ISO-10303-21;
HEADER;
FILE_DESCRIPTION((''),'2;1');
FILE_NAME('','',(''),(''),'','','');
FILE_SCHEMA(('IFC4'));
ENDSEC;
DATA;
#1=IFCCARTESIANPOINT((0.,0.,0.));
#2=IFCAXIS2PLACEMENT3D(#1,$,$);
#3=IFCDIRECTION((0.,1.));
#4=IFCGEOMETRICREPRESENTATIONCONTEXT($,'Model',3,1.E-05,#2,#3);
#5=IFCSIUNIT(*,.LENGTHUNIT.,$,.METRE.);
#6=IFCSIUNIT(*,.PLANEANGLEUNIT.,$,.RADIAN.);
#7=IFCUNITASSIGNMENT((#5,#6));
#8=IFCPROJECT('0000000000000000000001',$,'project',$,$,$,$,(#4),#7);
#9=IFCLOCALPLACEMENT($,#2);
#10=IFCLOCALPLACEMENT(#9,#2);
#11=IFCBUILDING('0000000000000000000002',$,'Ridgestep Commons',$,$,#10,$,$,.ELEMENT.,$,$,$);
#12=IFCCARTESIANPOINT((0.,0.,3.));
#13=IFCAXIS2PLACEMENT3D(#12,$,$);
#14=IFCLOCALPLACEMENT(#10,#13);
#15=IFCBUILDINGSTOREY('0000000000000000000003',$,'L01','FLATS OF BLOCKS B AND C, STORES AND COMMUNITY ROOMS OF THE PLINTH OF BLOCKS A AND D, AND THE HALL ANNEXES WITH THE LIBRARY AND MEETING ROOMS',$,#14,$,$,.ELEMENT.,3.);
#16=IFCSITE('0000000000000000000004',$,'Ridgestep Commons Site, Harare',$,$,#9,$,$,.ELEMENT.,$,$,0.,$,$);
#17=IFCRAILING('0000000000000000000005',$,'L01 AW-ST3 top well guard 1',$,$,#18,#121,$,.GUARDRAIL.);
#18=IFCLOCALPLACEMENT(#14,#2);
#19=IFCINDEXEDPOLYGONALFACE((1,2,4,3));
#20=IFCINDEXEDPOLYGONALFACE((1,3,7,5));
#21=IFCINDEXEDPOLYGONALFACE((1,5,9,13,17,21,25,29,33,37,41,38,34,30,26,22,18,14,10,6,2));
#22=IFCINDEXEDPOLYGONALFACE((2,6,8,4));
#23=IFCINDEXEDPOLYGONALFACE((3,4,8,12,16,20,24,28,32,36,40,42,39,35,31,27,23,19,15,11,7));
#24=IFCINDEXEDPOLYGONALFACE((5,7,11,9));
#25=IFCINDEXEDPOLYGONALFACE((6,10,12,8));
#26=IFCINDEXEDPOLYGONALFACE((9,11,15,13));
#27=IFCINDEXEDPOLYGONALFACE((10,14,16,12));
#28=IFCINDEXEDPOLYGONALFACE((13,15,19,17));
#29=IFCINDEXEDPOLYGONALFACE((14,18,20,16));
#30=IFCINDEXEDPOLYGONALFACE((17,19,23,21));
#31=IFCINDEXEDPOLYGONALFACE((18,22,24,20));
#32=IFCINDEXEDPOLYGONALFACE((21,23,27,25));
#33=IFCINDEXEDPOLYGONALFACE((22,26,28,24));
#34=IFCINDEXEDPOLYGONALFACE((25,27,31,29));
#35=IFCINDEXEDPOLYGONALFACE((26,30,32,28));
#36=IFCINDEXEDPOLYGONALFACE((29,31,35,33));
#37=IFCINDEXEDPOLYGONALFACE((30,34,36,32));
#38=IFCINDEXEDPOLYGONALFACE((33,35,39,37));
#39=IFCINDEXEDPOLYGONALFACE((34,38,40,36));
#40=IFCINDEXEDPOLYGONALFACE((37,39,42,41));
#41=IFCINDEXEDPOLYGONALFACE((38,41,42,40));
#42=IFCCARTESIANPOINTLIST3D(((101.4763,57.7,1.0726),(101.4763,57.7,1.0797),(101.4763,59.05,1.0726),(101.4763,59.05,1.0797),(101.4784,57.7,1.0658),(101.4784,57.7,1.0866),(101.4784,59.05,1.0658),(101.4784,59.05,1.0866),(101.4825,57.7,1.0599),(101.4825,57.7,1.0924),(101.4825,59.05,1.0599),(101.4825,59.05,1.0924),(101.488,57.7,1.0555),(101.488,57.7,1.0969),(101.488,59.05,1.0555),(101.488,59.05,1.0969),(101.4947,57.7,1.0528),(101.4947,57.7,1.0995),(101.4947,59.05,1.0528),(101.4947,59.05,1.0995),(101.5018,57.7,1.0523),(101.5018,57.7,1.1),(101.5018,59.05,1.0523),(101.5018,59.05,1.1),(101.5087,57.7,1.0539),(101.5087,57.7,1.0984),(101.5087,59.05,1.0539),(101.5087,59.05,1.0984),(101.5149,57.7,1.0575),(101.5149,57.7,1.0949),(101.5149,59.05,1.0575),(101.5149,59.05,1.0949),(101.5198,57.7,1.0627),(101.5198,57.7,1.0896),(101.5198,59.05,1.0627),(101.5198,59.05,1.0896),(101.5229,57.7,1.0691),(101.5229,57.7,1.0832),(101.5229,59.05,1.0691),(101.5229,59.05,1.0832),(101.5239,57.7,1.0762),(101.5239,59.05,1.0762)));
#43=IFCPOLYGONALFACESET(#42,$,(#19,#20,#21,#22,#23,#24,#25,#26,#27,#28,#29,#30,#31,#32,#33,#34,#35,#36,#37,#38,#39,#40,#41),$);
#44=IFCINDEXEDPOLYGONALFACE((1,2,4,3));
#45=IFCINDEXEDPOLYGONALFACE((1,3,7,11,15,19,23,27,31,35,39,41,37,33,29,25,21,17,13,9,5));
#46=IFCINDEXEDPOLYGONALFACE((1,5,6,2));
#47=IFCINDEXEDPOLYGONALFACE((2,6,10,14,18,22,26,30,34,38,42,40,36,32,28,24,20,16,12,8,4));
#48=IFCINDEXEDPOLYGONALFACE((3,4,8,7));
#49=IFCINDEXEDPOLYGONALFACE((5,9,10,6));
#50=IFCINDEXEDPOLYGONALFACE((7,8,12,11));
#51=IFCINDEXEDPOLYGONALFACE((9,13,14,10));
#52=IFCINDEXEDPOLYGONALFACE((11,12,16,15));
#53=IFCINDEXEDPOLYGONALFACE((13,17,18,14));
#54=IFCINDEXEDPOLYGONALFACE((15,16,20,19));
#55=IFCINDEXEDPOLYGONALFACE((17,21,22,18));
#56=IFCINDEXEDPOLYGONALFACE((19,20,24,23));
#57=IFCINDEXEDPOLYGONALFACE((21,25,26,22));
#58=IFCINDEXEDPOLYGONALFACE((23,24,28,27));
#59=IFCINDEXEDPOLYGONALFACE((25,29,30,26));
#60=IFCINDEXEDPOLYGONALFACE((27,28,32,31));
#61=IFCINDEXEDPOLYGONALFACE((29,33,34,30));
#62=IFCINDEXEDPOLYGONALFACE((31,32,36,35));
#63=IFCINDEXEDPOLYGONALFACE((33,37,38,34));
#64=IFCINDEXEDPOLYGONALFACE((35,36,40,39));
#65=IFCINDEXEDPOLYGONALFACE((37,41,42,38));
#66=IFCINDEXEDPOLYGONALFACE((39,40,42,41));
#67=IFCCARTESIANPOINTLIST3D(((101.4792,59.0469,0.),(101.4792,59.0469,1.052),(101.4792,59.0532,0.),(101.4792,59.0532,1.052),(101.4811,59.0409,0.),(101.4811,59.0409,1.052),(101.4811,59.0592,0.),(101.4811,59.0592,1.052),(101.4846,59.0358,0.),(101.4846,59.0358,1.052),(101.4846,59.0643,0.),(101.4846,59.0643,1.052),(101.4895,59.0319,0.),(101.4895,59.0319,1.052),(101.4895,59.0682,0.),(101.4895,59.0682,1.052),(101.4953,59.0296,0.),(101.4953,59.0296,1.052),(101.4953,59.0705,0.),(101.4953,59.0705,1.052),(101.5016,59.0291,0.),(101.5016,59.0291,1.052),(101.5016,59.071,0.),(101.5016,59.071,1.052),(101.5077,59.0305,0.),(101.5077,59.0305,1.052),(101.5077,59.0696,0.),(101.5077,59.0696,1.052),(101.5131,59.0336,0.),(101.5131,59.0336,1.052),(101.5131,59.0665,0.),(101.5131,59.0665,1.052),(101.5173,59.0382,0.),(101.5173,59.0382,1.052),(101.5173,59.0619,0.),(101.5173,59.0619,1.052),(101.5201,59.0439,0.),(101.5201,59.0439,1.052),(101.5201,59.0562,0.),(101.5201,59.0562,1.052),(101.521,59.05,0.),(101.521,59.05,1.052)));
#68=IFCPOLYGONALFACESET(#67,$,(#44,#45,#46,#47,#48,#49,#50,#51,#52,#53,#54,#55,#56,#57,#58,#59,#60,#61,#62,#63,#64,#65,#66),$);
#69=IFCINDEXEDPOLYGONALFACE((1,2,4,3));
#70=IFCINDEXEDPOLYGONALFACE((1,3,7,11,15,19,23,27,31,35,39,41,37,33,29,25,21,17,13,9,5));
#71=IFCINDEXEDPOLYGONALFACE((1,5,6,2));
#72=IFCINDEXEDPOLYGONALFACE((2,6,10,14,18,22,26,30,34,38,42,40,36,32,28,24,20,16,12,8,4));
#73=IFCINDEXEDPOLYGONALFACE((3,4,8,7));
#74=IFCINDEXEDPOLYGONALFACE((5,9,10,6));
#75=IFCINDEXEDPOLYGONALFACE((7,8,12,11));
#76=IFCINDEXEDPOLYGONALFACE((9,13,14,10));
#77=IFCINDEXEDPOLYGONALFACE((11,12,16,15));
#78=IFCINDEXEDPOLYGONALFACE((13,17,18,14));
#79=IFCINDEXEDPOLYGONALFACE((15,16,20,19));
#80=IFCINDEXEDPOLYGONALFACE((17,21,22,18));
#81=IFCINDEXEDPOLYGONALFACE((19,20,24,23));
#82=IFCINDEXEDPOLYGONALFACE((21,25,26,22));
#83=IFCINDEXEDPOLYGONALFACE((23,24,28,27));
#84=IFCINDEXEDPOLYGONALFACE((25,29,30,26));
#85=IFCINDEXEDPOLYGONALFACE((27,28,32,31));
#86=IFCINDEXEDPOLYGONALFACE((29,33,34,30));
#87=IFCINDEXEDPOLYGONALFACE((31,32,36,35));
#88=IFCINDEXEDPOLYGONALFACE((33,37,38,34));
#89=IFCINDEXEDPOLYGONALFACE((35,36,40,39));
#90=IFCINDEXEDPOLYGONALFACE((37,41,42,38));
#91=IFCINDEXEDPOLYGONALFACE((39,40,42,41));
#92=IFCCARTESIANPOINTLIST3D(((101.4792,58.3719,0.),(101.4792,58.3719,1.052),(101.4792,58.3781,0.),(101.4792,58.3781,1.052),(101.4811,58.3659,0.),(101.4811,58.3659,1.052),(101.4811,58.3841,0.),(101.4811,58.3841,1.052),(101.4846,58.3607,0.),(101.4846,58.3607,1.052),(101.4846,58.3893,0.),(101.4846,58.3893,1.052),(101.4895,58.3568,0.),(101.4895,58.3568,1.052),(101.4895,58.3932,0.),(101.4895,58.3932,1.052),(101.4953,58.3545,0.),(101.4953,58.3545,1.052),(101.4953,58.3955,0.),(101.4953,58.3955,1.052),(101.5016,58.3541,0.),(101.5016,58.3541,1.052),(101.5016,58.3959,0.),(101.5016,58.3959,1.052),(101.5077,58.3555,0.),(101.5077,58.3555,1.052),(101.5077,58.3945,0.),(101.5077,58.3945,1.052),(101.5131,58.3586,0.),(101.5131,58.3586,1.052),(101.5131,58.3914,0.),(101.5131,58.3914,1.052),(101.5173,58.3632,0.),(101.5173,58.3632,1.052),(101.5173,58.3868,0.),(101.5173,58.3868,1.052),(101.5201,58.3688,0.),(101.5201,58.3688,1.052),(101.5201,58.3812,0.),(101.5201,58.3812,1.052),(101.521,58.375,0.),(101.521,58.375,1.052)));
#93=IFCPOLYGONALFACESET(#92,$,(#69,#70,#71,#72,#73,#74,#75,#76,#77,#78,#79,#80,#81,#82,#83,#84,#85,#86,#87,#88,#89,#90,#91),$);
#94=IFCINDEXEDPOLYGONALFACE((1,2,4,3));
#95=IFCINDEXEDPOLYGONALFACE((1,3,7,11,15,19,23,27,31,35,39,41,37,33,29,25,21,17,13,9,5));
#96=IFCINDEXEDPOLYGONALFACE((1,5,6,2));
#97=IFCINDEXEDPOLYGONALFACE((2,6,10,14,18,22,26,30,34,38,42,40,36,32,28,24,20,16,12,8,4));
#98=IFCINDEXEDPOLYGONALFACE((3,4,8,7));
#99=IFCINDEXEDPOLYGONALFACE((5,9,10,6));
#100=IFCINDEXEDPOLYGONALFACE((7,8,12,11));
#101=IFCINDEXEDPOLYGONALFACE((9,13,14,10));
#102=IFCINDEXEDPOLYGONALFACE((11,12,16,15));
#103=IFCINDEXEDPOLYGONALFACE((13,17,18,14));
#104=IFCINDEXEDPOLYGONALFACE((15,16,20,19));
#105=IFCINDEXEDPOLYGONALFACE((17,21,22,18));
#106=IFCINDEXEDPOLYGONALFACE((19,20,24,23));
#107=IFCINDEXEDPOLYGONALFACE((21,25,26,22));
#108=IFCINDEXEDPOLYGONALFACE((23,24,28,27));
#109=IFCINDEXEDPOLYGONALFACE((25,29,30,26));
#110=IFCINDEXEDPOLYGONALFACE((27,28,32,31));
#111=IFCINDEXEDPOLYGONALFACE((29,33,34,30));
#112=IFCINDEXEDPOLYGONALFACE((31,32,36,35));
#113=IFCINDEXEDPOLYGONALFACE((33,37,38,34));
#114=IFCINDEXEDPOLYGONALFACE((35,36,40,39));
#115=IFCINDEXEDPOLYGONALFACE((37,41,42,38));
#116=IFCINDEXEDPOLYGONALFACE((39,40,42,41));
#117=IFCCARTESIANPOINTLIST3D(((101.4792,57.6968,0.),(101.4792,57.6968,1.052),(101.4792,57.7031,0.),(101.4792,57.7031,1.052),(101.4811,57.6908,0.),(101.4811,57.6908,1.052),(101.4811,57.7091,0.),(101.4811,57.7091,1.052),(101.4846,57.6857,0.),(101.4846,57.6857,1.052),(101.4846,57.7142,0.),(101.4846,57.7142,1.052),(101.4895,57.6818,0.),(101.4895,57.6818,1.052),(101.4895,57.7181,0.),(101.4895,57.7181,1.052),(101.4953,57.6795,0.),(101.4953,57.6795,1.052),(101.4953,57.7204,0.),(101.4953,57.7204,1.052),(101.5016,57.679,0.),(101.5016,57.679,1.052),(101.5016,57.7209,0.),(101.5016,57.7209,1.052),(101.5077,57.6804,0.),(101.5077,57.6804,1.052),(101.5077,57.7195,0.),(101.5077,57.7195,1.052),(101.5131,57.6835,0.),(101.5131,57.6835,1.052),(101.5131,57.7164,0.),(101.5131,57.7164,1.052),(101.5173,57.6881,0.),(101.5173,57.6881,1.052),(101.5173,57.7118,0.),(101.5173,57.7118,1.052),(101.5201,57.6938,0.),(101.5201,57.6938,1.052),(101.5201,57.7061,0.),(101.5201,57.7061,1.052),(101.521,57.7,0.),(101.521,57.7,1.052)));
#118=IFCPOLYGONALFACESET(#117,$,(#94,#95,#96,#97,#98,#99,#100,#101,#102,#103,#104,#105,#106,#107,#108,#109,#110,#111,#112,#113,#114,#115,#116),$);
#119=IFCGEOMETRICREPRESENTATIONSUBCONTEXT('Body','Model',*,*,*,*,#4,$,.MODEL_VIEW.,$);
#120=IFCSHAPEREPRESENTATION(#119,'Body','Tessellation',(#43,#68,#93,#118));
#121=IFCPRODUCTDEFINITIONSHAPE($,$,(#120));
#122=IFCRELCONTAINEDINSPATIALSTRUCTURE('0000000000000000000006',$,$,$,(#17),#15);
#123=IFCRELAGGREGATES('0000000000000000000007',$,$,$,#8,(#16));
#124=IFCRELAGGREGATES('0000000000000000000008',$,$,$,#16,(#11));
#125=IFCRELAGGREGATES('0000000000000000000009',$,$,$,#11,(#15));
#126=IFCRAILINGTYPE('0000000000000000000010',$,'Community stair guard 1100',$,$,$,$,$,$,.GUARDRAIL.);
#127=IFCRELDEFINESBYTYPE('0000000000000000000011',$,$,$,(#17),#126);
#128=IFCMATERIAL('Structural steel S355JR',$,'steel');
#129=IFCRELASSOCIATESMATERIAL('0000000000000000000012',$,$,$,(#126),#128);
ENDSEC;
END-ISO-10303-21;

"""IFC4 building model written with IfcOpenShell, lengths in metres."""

from ifc_helpers import new_model, si_unit, direction, frame, origin, origin_2d, place, context, subcontext, project, spatial, circle, extrude, material, type_object, element, save


model = new_model("IFC4")

# Units and contexts
model_context = context("Model", 3, precision=1e-05, world=origin(), true_north=direction((0.0, 1.0)))
body_context = subcontext(model_context, "Body", "Model", "MODEL_VIEW")
ifc_project = project(units=[si_unit("LENGTHUNIT", "METRE"), si_unit("PLANEANGLEUNIT", "RADIAN")], contexts=[model_context])

# Site, building, storey
site_placement = place(None, origin())
site = spatial("IfcSite", under=ifc_project, at=site_placement, Name="Ridgestep Commons Site, Harare", CompositionType="ELEMENT", RefElevation=0.0)
building_placement = place(site_placement, origin())
building = spatial("IfcBuilding", under=site, at=building_placement, Name="Ridgestep Commons", CompositionType="ELEMENT")
storey_placement = place(building_placement, frame((0.0, 0.0, 3.0)))
storey = spatial("IfcBuildingStorey", under=building, at=storey_placement, Name="L01", Description="FLATS OF BLOCKS B AND C, STORES AND COMMUNITY ROOMS OF THE PLINTH OF BLOCKS A AND D, AND THE HALL ANNEXES WITH THE LIBRARY AND MEETING ROOMS", CompositionType="ELEMENT", Elevation=3.0)

# Railing
ifc_material_1 = material(Name="Structural steel S355JR", Category="steel")
railing_type_1 = type_object("IfcRailingType", Name="Community stair guard 1100", PredefinedType="GUARDRAIL", material=ifc_material_1)
railing_1_placement = place(storey_placement, frame((101.5, 59.05, 0.0)))
element("IfcRailing", 1, at=railing_1_placement, inside=storey, type_object=railing_type_1, Name="L01 AW-ST3 top well guard 1", PredefinedType="GUARDRAIL", context=body_context, shape_type="SweptSolid", body=[
    extrude(circle(Radius=0.0239, at=origin_2d()), frame((0.0, 0.0, 1.0762), z_axis=(0.0, -1.0, 0.0), x_axis=(1.0, 0.0, 0.0)), (0.0, 0.0, 1.0), 1.3501),
    extrude(circle(Radius=0.021, at=origin_2d()), origin(), (0.0, 0.0, 1.0), 1.052),
    extrude(circle(Radius=0.021, at=origin_2d()), frame((0.0, -0.675, 0.0)), (0.0, 0.0, 1.0), 1.052),
    extrude(circle(Radius=0.021, at=origin_2d()), frame((0.0, -1.3501, 0.0)), (0.0, 0.0, 1.0), 1.052),
])

save(model, "model.ifc")
